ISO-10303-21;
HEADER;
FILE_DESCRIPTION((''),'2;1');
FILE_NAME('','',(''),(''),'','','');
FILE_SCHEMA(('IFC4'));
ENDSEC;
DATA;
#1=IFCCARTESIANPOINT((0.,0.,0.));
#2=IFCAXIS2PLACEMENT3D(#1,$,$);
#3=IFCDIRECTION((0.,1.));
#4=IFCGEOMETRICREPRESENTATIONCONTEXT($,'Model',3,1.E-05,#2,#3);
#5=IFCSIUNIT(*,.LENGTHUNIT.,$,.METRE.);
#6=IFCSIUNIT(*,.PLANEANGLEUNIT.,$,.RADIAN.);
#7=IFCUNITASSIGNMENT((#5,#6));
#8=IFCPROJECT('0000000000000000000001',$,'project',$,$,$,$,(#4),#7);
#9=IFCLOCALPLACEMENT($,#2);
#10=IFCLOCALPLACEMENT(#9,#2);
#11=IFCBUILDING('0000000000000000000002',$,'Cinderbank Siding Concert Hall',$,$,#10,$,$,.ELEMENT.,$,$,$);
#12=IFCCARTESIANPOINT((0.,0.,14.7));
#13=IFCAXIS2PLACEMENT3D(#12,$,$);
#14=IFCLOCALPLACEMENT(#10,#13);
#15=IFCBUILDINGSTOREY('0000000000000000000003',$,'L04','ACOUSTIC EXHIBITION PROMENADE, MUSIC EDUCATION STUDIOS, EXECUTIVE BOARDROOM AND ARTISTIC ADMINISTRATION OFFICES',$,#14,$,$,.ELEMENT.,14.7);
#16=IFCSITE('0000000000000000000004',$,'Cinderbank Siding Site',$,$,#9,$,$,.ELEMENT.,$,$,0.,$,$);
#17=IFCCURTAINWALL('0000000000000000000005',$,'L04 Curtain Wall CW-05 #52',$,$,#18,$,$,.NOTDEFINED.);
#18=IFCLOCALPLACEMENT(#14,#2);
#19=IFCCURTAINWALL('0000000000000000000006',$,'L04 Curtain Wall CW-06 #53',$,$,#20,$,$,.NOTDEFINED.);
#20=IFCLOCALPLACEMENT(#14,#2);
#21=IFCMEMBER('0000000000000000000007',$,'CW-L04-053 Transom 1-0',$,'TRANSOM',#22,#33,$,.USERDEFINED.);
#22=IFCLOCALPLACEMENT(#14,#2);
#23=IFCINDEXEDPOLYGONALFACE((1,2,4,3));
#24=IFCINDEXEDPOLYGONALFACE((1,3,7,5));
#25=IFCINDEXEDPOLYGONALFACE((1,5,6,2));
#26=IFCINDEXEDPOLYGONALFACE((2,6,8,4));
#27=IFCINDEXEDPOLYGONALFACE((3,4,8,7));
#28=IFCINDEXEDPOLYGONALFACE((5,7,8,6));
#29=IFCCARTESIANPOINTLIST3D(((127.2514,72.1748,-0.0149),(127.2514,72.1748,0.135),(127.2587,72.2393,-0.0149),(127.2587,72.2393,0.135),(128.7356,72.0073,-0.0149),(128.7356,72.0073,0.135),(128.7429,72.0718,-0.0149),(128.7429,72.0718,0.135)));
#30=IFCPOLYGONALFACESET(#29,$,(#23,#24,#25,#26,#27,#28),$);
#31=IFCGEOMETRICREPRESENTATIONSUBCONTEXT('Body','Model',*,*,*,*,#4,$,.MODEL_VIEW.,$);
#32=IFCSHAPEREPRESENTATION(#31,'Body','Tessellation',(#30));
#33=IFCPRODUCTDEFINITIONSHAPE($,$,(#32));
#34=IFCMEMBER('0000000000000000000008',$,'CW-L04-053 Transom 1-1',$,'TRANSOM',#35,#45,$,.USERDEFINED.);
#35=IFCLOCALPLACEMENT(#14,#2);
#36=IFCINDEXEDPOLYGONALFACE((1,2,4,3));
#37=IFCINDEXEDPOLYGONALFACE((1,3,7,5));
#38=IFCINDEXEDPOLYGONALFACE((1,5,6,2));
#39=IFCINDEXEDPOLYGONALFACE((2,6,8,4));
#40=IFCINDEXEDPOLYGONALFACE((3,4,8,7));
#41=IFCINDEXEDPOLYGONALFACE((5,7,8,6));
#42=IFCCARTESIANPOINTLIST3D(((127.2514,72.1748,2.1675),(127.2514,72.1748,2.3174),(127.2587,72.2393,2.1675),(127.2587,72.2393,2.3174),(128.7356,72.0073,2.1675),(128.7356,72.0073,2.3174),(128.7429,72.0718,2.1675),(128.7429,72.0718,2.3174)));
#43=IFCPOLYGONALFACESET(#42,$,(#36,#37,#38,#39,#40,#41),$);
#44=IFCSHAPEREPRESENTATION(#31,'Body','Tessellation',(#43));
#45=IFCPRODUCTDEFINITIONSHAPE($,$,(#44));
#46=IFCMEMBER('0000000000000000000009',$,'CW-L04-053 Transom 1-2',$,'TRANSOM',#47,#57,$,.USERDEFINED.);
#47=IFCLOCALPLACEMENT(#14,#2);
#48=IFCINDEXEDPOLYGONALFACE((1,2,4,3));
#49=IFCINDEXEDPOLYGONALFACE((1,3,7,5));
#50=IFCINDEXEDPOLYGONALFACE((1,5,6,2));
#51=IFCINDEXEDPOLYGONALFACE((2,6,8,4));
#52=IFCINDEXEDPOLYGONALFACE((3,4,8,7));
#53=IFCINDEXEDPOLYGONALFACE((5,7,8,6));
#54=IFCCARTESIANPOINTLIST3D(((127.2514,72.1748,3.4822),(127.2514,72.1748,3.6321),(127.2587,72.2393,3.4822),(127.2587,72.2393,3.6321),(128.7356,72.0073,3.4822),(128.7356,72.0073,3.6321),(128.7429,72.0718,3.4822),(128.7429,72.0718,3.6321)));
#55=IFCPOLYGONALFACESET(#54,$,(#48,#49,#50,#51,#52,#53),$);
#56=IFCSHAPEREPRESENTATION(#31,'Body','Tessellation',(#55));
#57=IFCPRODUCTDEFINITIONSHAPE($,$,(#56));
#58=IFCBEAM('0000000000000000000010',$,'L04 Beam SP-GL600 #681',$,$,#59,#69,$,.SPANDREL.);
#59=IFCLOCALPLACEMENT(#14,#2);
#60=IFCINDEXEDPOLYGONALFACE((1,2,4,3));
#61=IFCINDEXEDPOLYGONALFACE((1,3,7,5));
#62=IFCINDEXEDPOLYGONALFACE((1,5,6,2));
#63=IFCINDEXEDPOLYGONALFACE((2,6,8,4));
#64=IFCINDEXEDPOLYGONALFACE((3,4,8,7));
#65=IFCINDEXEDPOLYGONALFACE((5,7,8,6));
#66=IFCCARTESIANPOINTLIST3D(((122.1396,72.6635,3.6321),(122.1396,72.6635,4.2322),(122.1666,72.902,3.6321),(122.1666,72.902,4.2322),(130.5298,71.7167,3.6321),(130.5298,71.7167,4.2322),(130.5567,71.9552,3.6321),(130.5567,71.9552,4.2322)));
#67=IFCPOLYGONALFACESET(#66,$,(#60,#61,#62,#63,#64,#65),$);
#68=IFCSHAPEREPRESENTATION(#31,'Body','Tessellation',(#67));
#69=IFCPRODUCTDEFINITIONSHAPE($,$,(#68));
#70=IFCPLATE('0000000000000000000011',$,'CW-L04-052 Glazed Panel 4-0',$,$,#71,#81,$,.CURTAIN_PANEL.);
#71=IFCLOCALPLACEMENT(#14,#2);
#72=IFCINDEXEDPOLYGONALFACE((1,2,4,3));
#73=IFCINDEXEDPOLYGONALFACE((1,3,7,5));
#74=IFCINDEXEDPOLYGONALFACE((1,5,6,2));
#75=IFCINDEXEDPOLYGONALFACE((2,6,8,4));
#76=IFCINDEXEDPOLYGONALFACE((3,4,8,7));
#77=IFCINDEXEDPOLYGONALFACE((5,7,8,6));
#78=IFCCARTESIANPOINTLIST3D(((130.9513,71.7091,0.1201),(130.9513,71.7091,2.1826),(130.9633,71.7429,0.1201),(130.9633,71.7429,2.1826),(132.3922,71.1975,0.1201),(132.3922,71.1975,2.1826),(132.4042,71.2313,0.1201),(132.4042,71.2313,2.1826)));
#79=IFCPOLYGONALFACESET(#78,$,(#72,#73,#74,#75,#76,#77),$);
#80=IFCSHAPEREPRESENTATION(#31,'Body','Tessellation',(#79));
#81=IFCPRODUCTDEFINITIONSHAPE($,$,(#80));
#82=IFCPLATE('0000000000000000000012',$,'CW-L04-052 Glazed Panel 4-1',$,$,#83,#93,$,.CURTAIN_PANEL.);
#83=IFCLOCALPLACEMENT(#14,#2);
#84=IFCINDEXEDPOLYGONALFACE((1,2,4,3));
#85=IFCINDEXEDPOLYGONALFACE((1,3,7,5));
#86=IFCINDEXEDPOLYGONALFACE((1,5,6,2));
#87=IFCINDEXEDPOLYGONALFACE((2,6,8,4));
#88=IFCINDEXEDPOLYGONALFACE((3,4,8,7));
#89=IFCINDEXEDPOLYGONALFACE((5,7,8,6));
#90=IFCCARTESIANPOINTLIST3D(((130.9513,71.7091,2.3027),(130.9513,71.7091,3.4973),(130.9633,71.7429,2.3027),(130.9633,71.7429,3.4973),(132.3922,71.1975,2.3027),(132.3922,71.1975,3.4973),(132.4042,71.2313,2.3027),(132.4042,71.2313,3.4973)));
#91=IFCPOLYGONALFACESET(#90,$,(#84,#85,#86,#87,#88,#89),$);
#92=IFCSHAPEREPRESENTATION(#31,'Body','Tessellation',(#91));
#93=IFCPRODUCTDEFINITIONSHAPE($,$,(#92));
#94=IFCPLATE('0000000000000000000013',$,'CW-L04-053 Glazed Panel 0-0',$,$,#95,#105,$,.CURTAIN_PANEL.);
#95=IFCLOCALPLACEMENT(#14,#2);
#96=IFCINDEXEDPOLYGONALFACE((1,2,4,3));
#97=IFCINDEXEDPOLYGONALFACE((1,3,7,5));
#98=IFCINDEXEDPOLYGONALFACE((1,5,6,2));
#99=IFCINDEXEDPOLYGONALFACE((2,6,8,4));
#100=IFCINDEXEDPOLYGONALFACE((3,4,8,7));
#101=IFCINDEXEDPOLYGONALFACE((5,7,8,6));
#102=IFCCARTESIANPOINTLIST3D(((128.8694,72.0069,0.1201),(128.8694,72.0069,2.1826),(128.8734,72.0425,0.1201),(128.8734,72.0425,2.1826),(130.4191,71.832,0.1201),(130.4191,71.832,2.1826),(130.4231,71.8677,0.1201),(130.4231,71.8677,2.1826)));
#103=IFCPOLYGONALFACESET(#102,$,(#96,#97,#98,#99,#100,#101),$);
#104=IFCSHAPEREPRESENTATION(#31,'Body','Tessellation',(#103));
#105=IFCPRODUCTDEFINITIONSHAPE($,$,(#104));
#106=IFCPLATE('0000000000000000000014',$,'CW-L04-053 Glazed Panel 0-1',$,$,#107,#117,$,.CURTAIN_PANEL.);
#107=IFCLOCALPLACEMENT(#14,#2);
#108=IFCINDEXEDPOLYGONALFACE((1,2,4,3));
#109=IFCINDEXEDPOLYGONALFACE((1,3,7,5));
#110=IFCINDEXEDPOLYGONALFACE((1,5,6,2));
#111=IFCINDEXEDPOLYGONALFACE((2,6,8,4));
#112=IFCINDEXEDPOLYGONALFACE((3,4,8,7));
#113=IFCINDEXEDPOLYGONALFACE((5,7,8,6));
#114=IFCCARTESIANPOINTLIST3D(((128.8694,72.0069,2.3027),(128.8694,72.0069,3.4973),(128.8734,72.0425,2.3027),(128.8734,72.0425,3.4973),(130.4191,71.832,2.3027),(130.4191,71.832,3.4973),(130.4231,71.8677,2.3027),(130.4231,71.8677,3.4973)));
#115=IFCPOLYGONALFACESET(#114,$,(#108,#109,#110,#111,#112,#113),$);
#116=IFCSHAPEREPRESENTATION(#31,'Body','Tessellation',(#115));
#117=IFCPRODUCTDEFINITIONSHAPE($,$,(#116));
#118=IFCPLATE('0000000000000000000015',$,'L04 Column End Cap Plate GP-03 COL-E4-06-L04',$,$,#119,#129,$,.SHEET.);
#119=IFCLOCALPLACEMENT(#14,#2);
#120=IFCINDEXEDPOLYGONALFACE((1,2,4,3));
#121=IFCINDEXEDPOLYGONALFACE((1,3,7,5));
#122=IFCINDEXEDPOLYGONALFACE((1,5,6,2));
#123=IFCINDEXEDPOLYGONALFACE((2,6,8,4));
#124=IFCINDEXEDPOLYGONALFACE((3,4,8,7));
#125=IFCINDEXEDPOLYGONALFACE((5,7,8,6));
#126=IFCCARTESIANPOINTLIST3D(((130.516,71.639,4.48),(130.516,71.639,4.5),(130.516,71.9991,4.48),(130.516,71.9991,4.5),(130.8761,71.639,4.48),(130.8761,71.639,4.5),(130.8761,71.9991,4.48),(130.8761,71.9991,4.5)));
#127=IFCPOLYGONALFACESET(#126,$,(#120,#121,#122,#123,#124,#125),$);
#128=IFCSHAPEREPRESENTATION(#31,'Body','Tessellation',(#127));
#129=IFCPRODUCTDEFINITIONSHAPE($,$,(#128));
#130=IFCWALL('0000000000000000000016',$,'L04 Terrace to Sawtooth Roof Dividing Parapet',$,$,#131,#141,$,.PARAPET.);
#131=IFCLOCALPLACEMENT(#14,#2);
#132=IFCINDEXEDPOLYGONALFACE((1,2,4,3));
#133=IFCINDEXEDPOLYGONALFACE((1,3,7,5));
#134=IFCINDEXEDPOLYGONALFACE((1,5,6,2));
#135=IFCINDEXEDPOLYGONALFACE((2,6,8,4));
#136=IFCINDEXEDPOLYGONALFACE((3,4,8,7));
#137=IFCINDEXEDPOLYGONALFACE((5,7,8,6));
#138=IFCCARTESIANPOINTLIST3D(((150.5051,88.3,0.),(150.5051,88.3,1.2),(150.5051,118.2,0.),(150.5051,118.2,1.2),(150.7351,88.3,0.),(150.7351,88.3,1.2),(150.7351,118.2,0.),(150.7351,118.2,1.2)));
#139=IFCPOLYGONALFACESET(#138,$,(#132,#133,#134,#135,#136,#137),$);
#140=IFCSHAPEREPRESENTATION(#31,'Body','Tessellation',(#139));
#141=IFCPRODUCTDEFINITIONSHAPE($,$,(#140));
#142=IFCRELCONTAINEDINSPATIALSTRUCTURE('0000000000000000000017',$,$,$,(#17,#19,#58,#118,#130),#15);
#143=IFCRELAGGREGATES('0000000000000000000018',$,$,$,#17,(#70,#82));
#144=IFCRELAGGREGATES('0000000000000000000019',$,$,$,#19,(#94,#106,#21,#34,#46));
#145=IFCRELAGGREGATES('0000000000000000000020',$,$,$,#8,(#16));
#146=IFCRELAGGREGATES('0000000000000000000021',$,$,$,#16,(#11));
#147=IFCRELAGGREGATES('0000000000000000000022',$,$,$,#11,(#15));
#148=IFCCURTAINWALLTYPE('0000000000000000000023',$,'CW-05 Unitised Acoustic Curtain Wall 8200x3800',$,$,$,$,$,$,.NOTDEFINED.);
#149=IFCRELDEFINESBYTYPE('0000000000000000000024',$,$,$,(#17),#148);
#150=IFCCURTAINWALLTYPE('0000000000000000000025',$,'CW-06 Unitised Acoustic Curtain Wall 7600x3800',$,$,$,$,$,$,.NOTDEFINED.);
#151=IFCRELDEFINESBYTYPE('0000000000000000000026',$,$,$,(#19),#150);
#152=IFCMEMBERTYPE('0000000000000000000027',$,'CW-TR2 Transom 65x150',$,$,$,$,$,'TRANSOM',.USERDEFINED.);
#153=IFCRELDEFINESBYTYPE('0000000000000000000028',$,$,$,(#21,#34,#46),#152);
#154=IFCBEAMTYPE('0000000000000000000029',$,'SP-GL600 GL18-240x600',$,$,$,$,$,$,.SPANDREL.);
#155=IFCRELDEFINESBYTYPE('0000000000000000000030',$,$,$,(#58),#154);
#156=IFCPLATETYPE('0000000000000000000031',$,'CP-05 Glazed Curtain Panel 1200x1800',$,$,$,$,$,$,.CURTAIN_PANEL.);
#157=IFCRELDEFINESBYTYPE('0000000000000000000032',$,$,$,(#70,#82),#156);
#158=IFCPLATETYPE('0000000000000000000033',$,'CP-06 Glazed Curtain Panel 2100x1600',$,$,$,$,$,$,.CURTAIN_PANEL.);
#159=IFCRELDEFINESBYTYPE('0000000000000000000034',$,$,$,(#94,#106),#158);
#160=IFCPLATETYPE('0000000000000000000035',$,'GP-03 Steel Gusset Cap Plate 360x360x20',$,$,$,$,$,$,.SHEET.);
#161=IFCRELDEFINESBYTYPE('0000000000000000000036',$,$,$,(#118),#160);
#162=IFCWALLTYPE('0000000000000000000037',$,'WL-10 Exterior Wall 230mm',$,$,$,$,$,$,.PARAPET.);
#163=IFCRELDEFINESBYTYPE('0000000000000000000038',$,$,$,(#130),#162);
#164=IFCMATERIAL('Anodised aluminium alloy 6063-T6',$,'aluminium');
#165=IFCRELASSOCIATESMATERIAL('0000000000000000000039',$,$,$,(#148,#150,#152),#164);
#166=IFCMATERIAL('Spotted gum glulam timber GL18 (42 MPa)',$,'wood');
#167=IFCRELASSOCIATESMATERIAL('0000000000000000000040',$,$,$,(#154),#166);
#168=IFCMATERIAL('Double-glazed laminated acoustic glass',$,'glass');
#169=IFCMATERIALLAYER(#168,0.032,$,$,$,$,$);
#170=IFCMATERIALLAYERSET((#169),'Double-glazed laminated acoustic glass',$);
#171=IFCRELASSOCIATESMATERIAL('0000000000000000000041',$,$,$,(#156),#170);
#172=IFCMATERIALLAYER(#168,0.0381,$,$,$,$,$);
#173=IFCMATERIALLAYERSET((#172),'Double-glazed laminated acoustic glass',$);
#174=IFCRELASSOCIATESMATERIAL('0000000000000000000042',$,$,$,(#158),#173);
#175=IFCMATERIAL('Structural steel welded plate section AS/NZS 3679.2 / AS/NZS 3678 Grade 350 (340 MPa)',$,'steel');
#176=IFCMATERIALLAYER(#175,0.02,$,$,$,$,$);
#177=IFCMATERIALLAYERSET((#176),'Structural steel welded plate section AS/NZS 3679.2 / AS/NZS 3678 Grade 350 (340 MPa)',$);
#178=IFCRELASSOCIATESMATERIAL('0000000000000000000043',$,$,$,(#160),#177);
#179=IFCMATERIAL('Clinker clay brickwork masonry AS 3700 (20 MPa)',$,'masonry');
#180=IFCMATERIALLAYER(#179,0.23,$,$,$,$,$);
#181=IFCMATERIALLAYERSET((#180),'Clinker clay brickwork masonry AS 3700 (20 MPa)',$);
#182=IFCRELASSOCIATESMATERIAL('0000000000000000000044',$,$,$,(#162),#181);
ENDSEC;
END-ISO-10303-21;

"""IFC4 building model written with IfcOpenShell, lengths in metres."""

from ifc_helpers import new_model, si_unit, direction, frame, frame_2d, origin, origin_2d, place, context, subcontext, project, spatial, rectangle, extrude, material, layer, layer_set, material_profile, profile_set, type_object, element, aggregate, save


model = new_model("IFC4")

# Units and contexts
model_context = context("Model", 3, precision=1e-05, world=origin(), true_north=direction((0.0, 1.0)))
body_context = subcontext(model_context, "Body", "Model", "MODEL_VIEW")
ifc_project = project(units=[si_unit("LENGTHUNIT", "METRE"), si_unit("PLANEANGLEUNIT", "RADIAN")], contexts=[model_context])

# Site, building, storey
site_placement = place(None, origin())
site = spatial("IfcSite", under=ifc_project, at=site_placement, Name="Cinderbank Siding Site", CompositionType="ELEMENT", RefElevation=0.0)
building_placement = place(site_placement, origin())
building = spatial("IfcBuilding", under=site, at=building_placement, Name="Cinderbank Siding Concert Hall", CompositionType="ELEMENT")
storey_placement = place(building_placement, frame((0.0, 0.0, 14.7)))
storey = spatial("IfcBuildingStorey", under=building, at=storey_placement, Name="L04", Description="ACOUSTIC EXHIBITION PROMENADE, MUSIC EDUCATION STUDIOS, EXECUTIVE BOARDROOM AND ARTISTIC ADMINISTRATION OFFICES", CompositionType="ELEMENT", Elevation=14.7)

# Curtain walls
ifc_material_1 = material(Name="Anodised aluminium alloy 6063-T6", Category="aluminium")
curtain_wall_type_1 = type_object("IfcCurtainWallType", Name="CW-05 Unitised Acoustic Curtain Wall 8200x3800", PredefinedType="NOTDEFINED", material=ifc_material_1)
curtain_wall_1_placement = place(storey_placement, origin())
curtain_wall_1 = element("IfcCurtainWall", 1, at=curtain_wall_1_placement, inside=storey, type_object=curtain_wall_type_1, Name="L04 Curtain Wall CW-05 #52", PredefinedType="NOTDEFINED")
curtain_wall_type_2 = type_object("IfcCurtainWallType", Name="CW-06 Unitised Acoustic Curtain Wall 7600x3800", PredefinedType="NOTDEFINED", material=ifc_material_1)
curtain_wall_2_placement = place(storey_placement, origin())
curtain_wall_2 = element("IfcCurtainWall", 2, at=curtain_wall_2_placement, inside=storey, type_object=curtain_wall_type_2, Name="L04 Curtain Wall CW-06 #53", PredefinedType="NOTDEFINED")

# Members
ifc_material_profile_1 = material_profile(ifc_material_1, rectangle(XDim=0.0649, YDim=0.1499, at=origin_2d()), Name="ALU-TRAN-65x150", Category="LoadBearing")
ifc_profile_set_1 = profile_set([ifc_material_profile_1], Name="Anodised aluminium alloy 6063-T6")
member_type_1 = type_object("IfcMemberType", Name="CW-TR2 Transom 65x150", ElementType="TRANSOM", PredefinedType="USERDEFINED", material=ifc_profile_set_1)
member_1_placement = place(storey_placement, frame((128.7393, 72.0396, 0.0601), z_axis=(-0.993693, 0.112136, 0.0), x_axis=(-0.112136, -0.993693, 0.0)))
member_1 = element("IfcMember", 3, at=member_1_placement, type_object=member_type_1, Name="CW-L04-053 Transom 1-0", ObjectType="TRANSOM", PredefinedType="USERDEFINED", context=body_context, shape_type="SweptSolid", body=[
    extrude(rectangle(XDim=0.0649, YDim=0.1499, at=origin_2d()), origin(), (0.0, 0.0, 1.0), 1.4937),
])
member_2_placement = place(storey_placement, frame((128.7393, 72.0396, 2.2424), z_axis=(-0.993693, 0.112136, 0.0), x_axis=(-0.112136, -0.993693, 0.0)))
member_2 = element("IfcMember", 4, at=member_2_placement, type_object=member_type_1, Name="CW-L04-053 Transom 1-1", ObjectType="TRANSOM", PredefinedType="USERDEFINED", context=body_context, shape_type="SweptSolid", body=[
    extrude(rectangle(XDim=0.0649, YDim=0.1499, at=origin_2d()), origin(), (0.0, 0.0, 1.0), 1.4937),
])
member_3_placement = place(storey_placement, frame((128.7393, 72.0396, 3.5571), z_axis=(-0.993693, 0.112136, 0.0), x_axis=(-0.112136, -0.993693, 0.0)))
member_3 = element("IfcMember", 5, at=member_3_placement, type_object=member_type_1, Name="CW-L04-053 Transom 1-2", ObjectType="TRANSOM", PredefinedType="USERDEFINED", context=body_context, shape_type="SweptSolid", body=[
    extrude(rectangle(XDim=0.0649, YDim=0.1499, at=origin_2d()), origin(), (0.0, 0.0, 1.0), 1.4937),
])

# Beam
ifc_material_2 = material(Name="Spotted gum glulam timber GL18 (42 MPa)", Category="wood")
ifc_material_profile_2 = material_profile(ifc_material_2, rectangle(XDim=0.24, YDim=0.6001, at=origin_2d()), Name="GL18-240x600", Category="LoadBearing")
ifc_profile_set_2 = profile_set([ifc_material_profile_2], Name="Spotted gum glulam timber GL18 (42 MPa)")
beam_type = type_object("IfcBeamType", Name="SP-GL600 GL18-240x600", PredefinedType="SPANDREL", material=ifc_profile_set_2)
beam_placement = place(storey_placement, frame((130.5432, 71.8359, 3.9321), z_axis=(-0.993693, 0.112132, 0.0), x_axis=(-0.112132, -0.993693, 0.0)))
element("IfcBeam", 6, at=beam_placement, inside=storey, type_object=beam_type, Name="L04 Beam SP-GL600 #681", PredefinedType="SPANDREL", context=body_context, shape_type="SweptSolid", body=[
    extrude(rectangle(XDim=0.24, YDim=0.6001, at=origin_2d()), origin(), (0.0, 0.0, 1.0), 8.4434),
])

# Plates
ifc_material_3 = material(Name="Double-glazed laminated acoustic glass", Category="glass")
ifc_layer_1 = layer(ifc_material_3, 0.032)
ifc_layer_set_1 = layer_set([ifc_layer_1], Name="Double-glazed laminated acoustic glass")
plate_type_1 = type_object("IfcPlateType", Name="CP-05 Glazed Curtain Panel 1200x1800", PredefinedType="CURTAIN_PANEL", material=ifc_layer_set_1)
plate_1_placement = place(storey_placement, frame((131.6777, 71.4702, 0.1201), z_axis=(0.0, 0.0, 1.0), x_axis=(-0.942366, 0.334585, 0.0)))
plate_1 = element("IfcPlate", 7, at=plate_1_placement, type_object=plate_type_1, Name="CW-L04-052 Glazed Panel 4-0", PredefinedType="CURTAIN_PANEL", context=body_context, shape_type="SweptSolid", body=[
    extrude(rectangle(XDim=1.5291, YDim=0.0359, at=origin_2d()), origin(), (0.0, 0.0, 1.0), 2.0625),
])
plate_2_placement = place(storey_placement, frame((131.6777, 71.4702, 2.3027), z_axis=(0.0, 0.0, 1.0), x_axis=(-0.942366, 0.334585, 0.0)))
plate_2 = element("IfcPlate", 8, at=plate_2_placement, type_object=plate_type_1, Name="CW-L04-052 Glazed Panel 4-1", PredefinedType="CURTAIN_PANEL", context=body_context, shape_type="SweptSolid", body=[
    extrude(rectangle(XDim=1.5291, YDim=0.0359, at=origin_2d()), origin(), (0.0, 0.0, 1.0), 1.1946),
])
aggregate(curtain_wall_1, [plate_1, plate_2])
ifc_layer_2 = layer(ifc_material_3, 0.0381)
ifc_layer_set_2 = layer_set([ifc_layer_2], Name="Double-glazed laminated acoustic glass")
plate_type_2 = type_object("IfcPlateType", Name="CP-06 Glazed Curtain Panel 2100x1600", PredefinedType="CURTAIN_PANEL", material=ifc_layer_set_2)
plate_3_placement = place(storey_placement, frame((129.6462, 71.9373, 0.1201), z_axis=(0.0, 0.0, 1.0), x_axis=(-0.993694, 0.112129, 0.0)))
plate_3 = element("IfcPlate", 9, at=plate_3_placement, type_object=plate_type_2, Name="CW-L04-053 Glazed Panel 0-0", PredefinedType="CURTAIN_PANEL", context=body_context, shape_type="SweptSolid", body=[
    extrude(rectangle(XDim=1.5596, YDim=0.0359, at=origin_2d()), origin(), (0.0, 0.0, 1.0), 2.0625),
])
plate_4_placement = place(storey_placement, frame((129.6462, 71.9373, 2.3027), z_axis=(0.0, 0.0, 1.0), x_axis=(-0.993694, 0.112129, 0.0)))
plate_4 = element("IfcPlate", 10, at=plate_4_placement, type_object=plate_type_2, Name="CW-L04-053 Glazed Panel 0-1", PredefinedType="CURTAIN_PANEL", context=body_context, shape_type="SweptSolid", body=[
    extrude(rectangle(XDim=1.5596, YDim=0.0359, at=origin_2d()), origin(), (0.0, 0.0, 1.0), 1.1946),
])
aggregate(curtain_wall_2, [plate_3, plate_4, member_1, member_2, member_3])
ifc_material_4 = material(Name="Structural steel welded plate section AS/NZS 3679.2 / AS/NZS 3678 Grade 350 (340 MPa)", Category="steel")
ifc_layer_3 = layer(ifc_material_4, 0.02)
ifc_layer_set_3 = layer_set([ifc_layer_3], Name="Structural steel welded plate section AS/NZS 3679.2 / AS/NZS 3678 Grade 350 (340 MPa)")
plate_type_3 = type_object("IfcPlateType", Name="GP-03 Steel Gusset Cap Plate 360x360x20", PredefinedType="SHEET", material=ifc_layer_set_3)
plate_5_placement = place(storey_placement, frame((130.696, 71.8191, 4.48), z_axis=(0.0, 0.0, 1.0), x_axis=(1.0, 0.0, 0.0)))
element("IfcPlate", 11, at=plate_5_placement, inside=storey, type_object=plate_type_3, Name="L04 Column End Cap Plate GP-03 COL-E4-06-L04", PredefinedType="SHEET", context=body_context, shape_type="SweptSolid", body=[
    extrude(rectangle(XDim=0.3601, YDim=0.3601, at=origin_2d()), origin(), (0.0, 0.0, 1.0), 0.02),
])

# Wall
ifc_material_5 = material(Name="Clinker clay brickwork masonry AS 3700 (20 MPa)", Category="masonry")
ifc_layer_4 = layer(ifc_material_5, 0.23)
ifc_layer_set_4 = layer_set([ifc_layer_4], Name="Clinker clay brickwork masonry AS 3700 (20 MPa)")
wall_type = type_object("IfcWallType", Name="WL-10 Exterior Wall 230mm", PredefinedType="PARAPET", material=ifc_layer_set_4)
wall_placement = place(storey_placement, frame((150.6201, 88.3, 0.0), z_axis=(0.0, 0.0, 1.0), x_axis=(0.0, 1.0, 0.0)))
element("IfcWall", 12, at=wall_placement, inside=storey, type_object=wall_type, Name="L04 Terrace to Sawtooth Roof Dividing Parapet", PredefinedType="PARAPET", context=body_context, shape_type="SweptSolid", body=[
    extrude(rectangle(XDim=29.8999, YDim=0.23, at=frame_2d((14.95, 0.0))), origin(), (0.0, 0.0, 1.0), 1.2),
])

save(model, "model.ifc")
